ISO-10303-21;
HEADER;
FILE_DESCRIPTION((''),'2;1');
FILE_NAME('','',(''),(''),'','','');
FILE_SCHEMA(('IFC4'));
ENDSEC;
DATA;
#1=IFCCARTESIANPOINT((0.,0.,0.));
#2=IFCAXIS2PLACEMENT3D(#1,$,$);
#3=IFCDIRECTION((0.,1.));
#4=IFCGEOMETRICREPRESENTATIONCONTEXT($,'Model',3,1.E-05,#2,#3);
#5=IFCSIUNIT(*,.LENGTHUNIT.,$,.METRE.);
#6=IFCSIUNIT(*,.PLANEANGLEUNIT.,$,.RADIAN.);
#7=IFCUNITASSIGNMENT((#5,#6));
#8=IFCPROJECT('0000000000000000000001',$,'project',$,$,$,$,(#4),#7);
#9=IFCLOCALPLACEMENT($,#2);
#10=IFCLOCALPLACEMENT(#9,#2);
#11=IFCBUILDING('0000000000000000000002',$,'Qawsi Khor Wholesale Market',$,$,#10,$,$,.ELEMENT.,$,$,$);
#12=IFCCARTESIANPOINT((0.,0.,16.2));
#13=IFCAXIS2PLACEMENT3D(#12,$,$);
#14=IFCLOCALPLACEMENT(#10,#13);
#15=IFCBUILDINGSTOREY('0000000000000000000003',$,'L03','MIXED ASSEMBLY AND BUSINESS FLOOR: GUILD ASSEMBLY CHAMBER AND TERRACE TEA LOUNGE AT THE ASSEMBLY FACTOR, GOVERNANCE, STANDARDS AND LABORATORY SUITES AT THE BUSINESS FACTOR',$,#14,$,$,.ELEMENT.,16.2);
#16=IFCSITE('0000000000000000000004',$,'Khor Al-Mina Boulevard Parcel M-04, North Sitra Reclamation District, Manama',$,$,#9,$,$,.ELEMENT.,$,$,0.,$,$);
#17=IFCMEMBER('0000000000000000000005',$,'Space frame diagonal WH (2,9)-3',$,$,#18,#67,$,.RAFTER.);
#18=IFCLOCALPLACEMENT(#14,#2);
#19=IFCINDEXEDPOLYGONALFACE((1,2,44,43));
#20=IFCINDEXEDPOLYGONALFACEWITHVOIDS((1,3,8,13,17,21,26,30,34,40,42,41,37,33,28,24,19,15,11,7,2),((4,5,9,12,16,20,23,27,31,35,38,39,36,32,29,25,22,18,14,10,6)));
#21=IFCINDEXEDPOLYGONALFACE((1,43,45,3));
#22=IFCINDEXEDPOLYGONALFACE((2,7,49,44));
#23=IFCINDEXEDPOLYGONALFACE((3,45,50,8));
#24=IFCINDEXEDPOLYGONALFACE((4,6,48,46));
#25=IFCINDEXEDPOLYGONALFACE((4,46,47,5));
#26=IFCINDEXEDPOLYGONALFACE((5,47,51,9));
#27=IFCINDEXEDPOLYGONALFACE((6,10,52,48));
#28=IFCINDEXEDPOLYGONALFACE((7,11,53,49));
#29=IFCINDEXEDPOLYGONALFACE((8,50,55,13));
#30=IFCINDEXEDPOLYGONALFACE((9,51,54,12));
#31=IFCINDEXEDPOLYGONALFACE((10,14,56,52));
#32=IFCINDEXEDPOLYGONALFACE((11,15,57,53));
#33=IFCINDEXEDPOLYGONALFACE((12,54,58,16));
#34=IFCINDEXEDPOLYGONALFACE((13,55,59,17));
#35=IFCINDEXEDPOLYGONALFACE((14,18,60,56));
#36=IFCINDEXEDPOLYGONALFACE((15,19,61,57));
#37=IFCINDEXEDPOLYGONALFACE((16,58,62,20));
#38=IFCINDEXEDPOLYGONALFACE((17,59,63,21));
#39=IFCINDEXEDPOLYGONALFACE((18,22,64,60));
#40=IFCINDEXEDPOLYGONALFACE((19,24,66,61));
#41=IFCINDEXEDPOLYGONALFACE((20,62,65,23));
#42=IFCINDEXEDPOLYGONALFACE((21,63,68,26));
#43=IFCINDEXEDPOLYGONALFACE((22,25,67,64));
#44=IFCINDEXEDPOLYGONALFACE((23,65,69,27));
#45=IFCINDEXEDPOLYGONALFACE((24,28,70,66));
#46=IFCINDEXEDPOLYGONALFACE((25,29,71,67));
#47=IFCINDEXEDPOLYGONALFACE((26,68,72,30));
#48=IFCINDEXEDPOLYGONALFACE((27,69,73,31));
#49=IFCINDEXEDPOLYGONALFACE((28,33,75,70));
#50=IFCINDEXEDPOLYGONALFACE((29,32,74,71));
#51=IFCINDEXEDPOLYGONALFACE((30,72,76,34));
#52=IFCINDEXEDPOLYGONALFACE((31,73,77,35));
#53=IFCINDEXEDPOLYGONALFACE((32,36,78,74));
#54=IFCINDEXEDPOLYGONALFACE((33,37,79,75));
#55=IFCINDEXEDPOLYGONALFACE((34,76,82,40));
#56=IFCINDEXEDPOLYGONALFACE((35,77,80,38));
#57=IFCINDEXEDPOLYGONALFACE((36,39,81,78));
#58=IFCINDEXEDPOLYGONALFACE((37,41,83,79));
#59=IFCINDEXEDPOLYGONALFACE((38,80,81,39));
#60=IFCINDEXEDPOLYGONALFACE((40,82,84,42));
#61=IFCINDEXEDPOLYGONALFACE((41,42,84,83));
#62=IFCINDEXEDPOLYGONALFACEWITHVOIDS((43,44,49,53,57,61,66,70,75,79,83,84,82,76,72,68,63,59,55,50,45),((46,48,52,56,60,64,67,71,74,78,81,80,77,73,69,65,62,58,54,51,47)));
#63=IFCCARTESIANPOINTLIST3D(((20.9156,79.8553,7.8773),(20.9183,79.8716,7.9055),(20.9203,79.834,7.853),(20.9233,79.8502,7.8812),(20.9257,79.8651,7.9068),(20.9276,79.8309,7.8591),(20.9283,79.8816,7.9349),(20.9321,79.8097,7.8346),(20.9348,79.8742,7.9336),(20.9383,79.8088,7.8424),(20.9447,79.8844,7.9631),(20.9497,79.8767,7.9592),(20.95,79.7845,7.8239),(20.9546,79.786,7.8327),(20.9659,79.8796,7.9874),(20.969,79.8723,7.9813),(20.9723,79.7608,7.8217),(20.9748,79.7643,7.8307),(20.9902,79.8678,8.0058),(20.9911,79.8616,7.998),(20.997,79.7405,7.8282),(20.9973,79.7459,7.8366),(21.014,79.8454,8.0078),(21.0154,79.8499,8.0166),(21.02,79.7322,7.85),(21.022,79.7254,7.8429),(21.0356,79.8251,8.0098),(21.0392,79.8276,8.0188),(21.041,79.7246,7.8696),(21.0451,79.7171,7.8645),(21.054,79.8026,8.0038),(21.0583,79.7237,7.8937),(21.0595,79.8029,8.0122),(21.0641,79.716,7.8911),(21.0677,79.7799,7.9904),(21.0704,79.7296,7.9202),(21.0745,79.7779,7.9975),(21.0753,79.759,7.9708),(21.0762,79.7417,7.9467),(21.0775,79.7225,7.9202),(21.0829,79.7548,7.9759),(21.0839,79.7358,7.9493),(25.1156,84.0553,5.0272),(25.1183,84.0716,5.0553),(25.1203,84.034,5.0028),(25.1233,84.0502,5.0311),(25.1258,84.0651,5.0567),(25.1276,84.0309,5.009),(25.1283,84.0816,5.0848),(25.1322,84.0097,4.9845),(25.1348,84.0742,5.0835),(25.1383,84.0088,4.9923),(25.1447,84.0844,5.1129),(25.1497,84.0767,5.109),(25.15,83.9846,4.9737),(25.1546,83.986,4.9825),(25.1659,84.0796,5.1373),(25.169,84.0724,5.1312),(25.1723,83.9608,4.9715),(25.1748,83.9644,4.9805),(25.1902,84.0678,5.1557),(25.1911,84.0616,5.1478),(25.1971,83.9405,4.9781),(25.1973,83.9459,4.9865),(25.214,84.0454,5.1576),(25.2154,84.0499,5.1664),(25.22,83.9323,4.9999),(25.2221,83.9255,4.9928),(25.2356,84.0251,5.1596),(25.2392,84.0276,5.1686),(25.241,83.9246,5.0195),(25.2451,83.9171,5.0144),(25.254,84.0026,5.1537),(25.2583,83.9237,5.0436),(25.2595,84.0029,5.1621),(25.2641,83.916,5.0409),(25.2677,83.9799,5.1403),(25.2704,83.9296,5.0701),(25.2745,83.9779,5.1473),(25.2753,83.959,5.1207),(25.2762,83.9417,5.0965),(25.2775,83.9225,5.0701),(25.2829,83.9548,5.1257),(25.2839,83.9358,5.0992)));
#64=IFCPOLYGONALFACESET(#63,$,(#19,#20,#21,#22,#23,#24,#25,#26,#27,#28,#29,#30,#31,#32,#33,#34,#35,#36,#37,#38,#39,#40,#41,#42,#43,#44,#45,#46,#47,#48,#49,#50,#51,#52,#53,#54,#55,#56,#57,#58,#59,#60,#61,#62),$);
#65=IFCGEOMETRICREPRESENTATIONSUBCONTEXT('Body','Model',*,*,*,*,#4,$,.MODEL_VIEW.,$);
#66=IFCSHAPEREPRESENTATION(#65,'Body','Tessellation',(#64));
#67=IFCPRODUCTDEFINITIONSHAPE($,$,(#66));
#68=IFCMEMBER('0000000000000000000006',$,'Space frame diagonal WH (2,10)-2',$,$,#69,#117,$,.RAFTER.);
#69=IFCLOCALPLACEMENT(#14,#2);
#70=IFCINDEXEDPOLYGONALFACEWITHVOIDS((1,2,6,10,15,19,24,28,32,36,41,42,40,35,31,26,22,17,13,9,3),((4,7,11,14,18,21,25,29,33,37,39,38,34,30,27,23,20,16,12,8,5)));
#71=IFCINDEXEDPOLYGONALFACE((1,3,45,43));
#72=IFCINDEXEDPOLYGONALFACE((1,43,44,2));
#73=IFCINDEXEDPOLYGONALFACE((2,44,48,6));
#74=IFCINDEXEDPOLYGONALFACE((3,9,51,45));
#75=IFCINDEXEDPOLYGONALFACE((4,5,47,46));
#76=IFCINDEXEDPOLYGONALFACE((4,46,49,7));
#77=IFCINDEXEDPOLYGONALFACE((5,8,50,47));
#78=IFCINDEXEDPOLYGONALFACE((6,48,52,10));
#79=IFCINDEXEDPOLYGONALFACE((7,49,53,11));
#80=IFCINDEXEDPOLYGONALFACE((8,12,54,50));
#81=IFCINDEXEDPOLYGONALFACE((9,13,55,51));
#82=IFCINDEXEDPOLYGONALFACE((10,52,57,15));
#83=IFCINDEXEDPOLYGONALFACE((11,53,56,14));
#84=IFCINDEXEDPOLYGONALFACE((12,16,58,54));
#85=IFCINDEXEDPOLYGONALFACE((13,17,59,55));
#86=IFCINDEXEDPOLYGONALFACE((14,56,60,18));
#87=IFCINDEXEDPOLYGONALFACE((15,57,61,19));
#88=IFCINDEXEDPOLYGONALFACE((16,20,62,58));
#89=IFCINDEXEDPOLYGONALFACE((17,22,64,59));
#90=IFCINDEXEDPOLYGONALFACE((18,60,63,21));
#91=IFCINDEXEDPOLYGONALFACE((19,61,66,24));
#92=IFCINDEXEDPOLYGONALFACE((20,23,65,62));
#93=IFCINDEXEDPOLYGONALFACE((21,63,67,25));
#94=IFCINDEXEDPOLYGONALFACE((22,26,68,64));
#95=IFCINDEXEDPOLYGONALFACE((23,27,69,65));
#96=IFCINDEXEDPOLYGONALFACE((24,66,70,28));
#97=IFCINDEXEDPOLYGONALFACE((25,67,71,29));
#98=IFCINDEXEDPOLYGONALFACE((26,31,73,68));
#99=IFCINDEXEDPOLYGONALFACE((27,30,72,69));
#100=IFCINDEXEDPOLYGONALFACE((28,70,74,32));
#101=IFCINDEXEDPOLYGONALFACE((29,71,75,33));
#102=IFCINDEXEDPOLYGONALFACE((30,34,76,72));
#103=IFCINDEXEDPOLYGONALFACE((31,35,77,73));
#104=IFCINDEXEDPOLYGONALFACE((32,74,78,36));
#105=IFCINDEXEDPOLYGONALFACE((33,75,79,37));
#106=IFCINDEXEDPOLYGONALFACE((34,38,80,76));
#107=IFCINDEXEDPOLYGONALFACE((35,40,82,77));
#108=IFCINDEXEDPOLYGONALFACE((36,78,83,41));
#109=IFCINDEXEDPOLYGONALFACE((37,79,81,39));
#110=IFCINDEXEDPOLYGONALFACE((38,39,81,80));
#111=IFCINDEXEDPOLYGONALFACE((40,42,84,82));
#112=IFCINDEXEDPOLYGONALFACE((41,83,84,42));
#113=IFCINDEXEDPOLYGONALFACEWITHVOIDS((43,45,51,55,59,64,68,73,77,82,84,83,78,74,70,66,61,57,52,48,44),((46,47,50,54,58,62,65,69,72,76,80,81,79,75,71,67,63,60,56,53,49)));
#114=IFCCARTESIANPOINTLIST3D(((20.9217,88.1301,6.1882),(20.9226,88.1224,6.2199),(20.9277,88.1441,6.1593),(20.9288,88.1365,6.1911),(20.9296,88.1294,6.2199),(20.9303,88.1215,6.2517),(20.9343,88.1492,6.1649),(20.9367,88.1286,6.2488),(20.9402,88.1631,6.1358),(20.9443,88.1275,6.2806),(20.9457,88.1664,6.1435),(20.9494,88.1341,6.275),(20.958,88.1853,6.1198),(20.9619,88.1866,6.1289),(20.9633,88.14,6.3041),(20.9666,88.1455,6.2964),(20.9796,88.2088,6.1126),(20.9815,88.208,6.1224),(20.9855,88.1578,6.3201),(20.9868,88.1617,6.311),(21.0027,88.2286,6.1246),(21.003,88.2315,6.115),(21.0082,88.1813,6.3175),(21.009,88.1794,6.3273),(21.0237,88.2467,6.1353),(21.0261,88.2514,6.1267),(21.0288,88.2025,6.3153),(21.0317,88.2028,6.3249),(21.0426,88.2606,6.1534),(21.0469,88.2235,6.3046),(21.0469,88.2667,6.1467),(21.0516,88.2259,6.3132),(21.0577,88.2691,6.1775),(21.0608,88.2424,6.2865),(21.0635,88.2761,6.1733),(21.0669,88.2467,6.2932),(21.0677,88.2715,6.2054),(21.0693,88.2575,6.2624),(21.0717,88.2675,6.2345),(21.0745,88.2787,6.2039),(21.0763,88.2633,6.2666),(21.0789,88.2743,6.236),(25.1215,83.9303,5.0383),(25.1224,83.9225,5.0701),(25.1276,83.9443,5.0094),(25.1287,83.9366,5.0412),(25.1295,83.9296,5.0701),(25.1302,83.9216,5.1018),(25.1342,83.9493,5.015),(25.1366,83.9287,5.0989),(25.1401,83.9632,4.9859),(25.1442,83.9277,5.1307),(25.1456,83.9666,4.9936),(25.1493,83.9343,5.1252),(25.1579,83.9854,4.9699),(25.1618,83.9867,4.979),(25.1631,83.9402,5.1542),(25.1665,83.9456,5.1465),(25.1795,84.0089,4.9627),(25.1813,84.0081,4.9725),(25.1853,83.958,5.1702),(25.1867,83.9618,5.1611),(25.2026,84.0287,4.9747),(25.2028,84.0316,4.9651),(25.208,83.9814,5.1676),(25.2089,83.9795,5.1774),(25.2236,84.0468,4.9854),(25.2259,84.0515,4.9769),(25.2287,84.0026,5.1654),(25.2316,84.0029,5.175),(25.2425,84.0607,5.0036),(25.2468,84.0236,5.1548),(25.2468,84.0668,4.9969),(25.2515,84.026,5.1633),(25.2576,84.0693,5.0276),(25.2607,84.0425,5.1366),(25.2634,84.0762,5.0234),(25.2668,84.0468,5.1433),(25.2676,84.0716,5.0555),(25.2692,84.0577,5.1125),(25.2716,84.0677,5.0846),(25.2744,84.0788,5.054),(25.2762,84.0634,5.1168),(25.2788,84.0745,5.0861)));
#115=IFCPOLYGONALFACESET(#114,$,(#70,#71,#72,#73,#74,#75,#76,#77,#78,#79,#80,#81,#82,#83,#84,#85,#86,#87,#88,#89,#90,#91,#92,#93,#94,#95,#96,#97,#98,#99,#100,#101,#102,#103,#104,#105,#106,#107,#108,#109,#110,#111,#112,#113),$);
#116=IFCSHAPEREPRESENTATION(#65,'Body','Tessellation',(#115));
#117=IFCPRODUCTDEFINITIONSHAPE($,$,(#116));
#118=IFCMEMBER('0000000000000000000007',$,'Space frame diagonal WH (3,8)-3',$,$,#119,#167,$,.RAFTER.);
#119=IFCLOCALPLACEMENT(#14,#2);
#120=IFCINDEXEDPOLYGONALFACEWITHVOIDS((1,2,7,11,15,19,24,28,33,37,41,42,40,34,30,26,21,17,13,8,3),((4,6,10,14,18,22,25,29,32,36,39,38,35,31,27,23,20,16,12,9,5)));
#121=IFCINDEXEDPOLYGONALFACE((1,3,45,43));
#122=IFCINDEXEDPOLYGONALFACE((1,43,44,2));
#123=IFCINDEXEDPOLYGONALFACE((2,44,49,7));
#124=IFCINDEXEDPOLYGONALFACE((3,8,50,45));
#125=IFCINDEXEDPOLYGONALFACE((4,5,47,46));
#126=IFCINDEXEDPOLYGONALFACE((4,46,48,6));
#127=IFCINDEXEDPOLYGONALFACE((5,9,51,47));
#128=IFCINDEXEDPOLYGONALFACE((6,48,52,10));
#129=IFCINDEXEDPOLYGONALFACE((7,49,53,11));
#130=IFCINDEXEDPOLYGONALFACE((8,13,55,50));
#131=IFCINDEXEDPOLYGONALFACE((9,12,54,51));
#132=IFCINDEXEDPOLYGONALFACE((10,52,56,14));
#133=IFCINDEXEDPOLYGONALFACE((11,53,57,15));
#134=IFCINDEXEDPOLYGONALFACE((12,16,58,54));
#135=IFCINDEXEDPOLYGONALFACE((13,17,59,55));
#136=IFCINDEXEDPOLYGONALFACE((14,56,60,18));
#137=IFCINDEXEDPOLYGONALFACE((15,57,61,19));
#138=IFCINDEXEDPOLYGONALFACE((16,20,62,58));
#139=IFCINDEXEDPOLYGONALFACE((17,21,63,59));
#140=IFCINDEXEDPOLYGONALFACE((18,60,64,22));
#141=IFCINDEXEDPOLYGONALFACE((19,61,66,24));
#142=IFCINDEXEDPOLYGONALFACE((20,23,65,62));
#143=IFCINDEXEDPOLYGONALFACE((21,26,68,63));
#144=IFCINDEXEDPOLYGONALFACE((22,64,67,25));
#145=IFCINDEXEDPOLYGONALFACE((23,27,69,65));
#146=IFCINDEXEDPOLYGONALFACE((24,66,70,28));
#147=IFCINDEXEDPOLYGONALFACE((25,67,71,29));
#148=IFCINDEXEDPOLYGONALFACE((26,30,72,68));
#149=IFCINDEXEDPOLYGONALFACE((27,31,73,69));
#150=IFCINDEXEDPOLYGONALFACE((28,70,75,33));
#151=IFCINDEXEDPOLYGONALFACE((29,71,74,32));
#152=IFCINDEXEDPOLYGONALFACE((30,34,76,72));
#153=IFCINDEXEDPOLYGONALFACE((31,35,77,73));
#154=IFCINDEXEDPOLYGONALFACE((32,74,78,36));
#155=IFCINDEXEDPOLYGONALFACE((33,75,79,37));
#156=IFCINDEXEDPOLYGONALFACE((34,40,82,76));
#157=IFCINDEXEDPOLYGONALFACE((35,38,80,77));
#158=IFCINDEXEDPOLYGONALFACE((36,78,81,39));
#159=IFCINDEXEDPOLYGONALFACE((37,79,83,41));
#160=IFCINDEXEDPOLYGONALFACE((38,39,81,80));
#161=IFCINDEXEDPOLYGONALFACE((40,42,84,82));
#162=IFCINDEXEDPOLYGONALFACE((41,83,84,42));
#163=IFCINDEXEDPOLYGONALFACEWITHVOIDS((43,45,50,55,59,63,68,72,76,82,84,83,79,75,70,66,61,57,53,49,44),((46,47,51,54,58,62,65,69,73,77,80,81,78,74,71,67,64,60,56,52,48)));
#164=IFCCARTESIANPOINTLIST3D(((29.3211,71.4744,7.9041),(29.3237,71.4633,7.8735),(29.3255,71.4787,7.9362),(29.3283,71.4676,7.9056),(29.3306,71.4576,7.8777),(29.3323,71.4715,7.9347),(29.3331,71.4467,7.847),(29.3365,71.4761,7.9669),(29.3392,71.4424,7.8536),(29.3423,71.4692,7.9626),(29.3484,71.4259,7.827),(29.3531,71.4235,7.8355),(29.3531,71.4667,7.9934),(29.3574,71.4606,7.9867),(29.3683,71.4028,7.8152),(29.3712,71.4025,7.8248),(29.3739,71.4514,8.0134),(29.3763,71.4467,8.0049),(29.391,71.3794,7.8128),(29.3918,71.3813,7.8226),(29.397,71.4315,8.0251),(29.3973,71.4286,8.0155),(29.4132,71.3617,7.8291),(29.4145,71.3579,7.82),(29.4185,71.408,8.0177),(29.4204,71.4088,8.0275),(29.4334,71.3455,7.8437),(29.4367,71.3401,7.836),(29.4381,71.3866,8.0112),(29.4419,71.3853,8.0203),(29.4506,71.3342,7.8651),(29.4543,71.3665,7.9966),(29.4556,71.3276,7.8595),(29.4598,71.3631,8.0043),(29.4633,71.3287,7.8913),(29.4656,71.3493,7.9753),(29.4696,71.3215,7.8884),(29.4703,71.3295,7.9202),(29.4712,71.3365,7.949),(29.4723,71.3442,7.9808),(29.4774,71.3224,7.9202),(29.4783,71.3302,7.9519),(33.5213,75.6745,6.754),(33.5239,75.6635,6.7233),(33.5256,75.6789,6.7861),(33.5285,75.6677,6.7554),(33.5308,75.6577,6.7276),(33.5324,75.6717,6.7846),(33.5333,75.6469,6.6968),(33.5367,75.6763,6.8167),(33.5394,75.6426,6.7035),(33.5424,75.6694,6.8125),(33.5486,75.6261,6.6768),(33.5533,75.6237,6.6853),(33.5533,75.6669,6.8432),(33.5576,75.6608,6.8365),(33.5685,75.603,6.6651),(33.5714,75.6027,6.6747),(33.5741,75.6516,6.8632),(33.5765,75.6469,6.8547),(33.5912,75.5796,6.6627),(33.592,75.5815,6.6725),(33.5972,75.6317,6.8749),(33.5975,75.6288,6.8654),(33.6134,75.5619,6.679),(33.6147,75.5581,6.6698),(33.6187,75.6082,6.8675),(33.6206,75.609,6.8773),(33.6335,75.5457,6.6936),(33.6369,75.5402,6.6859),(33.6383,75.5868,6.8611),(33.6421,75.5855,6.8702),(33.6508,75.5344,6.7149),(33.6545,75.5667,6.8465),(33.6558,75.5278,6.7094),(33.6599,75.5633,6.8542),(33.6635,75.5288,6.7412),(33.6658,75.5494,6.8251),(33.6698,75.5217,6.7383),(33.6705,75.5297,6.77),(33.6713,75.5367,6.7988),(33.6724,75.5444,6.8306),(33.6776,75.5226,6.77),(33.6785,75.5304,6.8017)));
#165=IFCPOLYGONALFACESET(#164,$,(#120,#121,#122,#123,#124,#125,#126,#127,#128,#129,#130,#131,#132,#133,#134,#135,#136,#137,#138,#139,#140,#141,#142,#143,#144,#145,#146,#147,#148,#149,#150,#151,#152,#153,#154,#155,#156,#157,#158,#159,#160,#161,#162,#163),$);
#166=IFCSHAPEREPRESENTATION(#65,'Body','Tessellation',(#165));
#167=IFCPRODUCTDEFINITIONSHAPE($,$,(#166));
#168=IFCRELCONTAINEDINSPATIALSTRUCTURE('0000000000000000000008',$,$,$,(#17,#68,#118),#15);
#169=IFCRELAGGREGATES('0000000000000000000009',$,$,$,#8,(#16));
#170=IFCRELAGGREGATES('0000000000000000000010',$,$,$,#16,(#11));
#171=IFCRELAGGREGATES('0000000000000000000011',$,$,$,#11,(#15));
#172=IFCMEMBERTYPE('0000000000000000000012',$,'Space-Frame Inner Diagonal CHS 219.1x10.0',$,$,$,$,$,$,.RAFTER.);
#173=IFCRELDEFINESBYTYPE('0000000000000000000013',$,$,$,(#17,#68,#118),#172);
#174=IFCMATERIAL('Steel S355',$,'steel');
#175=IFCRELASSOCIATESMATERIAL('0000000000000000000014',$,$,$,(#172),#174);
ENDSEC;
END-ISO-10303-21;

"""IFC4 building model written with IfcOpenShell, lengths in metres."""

from ifc_helpers import new_model, si_unit, direction, frame, origin, origin_2d, place, context, subcontext, project, spatial, hollow_circle, extrude, material, material_profile, profile_set, type_object, element, save


model = new_model("IFC4")

# Units and contexts
model_context = context("Model", 3, precision=1e-05, world=origin(), true_north=direction((0.0, 1.0)))
body_context = subcontext(model_context, "Body", "Model", "MODEL_VIEW")
ifc_project = project(units=[si_unit("LENGTHUNIT", "METRE"), si_unit("PLANEANGLEUNIT", "RADIAN")], contexts=[model_context])

# Site, building, storey
site_placement = place(None, origin())
site = spatial("IfcSite", under=ifc_project, at=site_placement, Name="Khor Al-Mina Boulevard Parcel M-04, North Sitra Reclamation District, Manama", CompositionType="ELEMENT", RefElevation=0.0)
building_placement = place(site_placement, origin())
building = spatial("IfcBuilding", under=site, at=building_placement, Name="Qawsi Khor Wholesale Market", CompositionType="ELEMENT")
storey_placement = place(building_placement, frame((0.0, 0.0, 16.2)))
storey = spatial("IfcBuildingStorey", under=building, at=storey_placement, Name="L03", Description="MIXED ASSEMBLY AND BUSINESS FLOOR: GUILD ASSEMBLY CHAMBER AND TERRACE TEA LOUNGE AT THE ASSEMBLY FACTOR, GOVERNANCE, STANDARDS AND LABORATORY SUITES AT THE BUSINESS FACTOR", CompositionType="ELEMENT", Elevation=16.2)

# Members
ifc_material_1 = material(Name="Steel S355", Category="steel")
ifc_material_profile_1 = material_profile(ifc_material_1, hollow_circle(Radius=0.1096, WallThickness=0.01, at=origin_2d()), Name="CHS 219.1x10.0")
ifc_profile_set_1 = profile_set([ifc_material_profile_1], Name="Steel S355")
member_type_1 = type_object("IfcMemberType", Name="Space-Frame Inner Diagonal CHS 219.1x10.0", PredefinedType="RAFTER", material=ifc_profile_set_1)
member_1_placement = place(storey_placement, frame((25.2, 84.0, 5.0701), z_axis=(-0.637512, -0.637512, 0.432617), x_axis=(0.707107, -0.707107, 0.0)))
element("IfcMember", 1, at=member_1_placement, inside=storey, type_object=member_type_1, Name="Space frame diagonal WH (2,9)-3", PredefinedType="RAFTER", context=body_context, shape_type="SweptSolid", body=[
    extrude(hollow_circle(Radius=0.1096, WallThickness=0.01, at=origin_2d()), origin(), (0.0, 0.0, 1.0), 6.5881),
])
member_2_placement = place(storey_placement, frame((25.2, 84.0, 5.0701), z_axis=(-0.694217, 0.694217, 0.190069), x_axis=(-0.707107, -0.707107, 0.0)))
element("IfcMember", 2, at=member_2_placement, inside=storey, type_object=member_type_1, Name="Space frame diagonal WH (2,10)-2", PredefinedType="RAFTER", context=body_context, shape_type="SweptSolid", body=[
    extrude(hollow_circle(Radius=0.1096, WallThickness=0.01, at=origin_2d()), origin(), (0.0, 0.0, 1.0), 6.0498),
])
member_3_placement = place(storey_placement, frame((33.6001, 75.6001, 6.77), z_axis=(-0.694213, -0.694213, 0.190097), x_axis=(0.707107, -0.707107, 0.0)))
element("IfcMember", 3, at=member_3_placement, inside=storey, type_object=member_type_1, Name="Space frame diagonal WH (3,8)-3", PredefinedType="RAFTER", context=body_context, shape_type="SweptSolid", body=[
    extrude(hollow_circle(Radius=0.1096, WallThickness=0.01, at=origin_2d()), origin(), (0.0, 0.0, 1.0), 6.0503),
])

save(model, "model.ifc")
